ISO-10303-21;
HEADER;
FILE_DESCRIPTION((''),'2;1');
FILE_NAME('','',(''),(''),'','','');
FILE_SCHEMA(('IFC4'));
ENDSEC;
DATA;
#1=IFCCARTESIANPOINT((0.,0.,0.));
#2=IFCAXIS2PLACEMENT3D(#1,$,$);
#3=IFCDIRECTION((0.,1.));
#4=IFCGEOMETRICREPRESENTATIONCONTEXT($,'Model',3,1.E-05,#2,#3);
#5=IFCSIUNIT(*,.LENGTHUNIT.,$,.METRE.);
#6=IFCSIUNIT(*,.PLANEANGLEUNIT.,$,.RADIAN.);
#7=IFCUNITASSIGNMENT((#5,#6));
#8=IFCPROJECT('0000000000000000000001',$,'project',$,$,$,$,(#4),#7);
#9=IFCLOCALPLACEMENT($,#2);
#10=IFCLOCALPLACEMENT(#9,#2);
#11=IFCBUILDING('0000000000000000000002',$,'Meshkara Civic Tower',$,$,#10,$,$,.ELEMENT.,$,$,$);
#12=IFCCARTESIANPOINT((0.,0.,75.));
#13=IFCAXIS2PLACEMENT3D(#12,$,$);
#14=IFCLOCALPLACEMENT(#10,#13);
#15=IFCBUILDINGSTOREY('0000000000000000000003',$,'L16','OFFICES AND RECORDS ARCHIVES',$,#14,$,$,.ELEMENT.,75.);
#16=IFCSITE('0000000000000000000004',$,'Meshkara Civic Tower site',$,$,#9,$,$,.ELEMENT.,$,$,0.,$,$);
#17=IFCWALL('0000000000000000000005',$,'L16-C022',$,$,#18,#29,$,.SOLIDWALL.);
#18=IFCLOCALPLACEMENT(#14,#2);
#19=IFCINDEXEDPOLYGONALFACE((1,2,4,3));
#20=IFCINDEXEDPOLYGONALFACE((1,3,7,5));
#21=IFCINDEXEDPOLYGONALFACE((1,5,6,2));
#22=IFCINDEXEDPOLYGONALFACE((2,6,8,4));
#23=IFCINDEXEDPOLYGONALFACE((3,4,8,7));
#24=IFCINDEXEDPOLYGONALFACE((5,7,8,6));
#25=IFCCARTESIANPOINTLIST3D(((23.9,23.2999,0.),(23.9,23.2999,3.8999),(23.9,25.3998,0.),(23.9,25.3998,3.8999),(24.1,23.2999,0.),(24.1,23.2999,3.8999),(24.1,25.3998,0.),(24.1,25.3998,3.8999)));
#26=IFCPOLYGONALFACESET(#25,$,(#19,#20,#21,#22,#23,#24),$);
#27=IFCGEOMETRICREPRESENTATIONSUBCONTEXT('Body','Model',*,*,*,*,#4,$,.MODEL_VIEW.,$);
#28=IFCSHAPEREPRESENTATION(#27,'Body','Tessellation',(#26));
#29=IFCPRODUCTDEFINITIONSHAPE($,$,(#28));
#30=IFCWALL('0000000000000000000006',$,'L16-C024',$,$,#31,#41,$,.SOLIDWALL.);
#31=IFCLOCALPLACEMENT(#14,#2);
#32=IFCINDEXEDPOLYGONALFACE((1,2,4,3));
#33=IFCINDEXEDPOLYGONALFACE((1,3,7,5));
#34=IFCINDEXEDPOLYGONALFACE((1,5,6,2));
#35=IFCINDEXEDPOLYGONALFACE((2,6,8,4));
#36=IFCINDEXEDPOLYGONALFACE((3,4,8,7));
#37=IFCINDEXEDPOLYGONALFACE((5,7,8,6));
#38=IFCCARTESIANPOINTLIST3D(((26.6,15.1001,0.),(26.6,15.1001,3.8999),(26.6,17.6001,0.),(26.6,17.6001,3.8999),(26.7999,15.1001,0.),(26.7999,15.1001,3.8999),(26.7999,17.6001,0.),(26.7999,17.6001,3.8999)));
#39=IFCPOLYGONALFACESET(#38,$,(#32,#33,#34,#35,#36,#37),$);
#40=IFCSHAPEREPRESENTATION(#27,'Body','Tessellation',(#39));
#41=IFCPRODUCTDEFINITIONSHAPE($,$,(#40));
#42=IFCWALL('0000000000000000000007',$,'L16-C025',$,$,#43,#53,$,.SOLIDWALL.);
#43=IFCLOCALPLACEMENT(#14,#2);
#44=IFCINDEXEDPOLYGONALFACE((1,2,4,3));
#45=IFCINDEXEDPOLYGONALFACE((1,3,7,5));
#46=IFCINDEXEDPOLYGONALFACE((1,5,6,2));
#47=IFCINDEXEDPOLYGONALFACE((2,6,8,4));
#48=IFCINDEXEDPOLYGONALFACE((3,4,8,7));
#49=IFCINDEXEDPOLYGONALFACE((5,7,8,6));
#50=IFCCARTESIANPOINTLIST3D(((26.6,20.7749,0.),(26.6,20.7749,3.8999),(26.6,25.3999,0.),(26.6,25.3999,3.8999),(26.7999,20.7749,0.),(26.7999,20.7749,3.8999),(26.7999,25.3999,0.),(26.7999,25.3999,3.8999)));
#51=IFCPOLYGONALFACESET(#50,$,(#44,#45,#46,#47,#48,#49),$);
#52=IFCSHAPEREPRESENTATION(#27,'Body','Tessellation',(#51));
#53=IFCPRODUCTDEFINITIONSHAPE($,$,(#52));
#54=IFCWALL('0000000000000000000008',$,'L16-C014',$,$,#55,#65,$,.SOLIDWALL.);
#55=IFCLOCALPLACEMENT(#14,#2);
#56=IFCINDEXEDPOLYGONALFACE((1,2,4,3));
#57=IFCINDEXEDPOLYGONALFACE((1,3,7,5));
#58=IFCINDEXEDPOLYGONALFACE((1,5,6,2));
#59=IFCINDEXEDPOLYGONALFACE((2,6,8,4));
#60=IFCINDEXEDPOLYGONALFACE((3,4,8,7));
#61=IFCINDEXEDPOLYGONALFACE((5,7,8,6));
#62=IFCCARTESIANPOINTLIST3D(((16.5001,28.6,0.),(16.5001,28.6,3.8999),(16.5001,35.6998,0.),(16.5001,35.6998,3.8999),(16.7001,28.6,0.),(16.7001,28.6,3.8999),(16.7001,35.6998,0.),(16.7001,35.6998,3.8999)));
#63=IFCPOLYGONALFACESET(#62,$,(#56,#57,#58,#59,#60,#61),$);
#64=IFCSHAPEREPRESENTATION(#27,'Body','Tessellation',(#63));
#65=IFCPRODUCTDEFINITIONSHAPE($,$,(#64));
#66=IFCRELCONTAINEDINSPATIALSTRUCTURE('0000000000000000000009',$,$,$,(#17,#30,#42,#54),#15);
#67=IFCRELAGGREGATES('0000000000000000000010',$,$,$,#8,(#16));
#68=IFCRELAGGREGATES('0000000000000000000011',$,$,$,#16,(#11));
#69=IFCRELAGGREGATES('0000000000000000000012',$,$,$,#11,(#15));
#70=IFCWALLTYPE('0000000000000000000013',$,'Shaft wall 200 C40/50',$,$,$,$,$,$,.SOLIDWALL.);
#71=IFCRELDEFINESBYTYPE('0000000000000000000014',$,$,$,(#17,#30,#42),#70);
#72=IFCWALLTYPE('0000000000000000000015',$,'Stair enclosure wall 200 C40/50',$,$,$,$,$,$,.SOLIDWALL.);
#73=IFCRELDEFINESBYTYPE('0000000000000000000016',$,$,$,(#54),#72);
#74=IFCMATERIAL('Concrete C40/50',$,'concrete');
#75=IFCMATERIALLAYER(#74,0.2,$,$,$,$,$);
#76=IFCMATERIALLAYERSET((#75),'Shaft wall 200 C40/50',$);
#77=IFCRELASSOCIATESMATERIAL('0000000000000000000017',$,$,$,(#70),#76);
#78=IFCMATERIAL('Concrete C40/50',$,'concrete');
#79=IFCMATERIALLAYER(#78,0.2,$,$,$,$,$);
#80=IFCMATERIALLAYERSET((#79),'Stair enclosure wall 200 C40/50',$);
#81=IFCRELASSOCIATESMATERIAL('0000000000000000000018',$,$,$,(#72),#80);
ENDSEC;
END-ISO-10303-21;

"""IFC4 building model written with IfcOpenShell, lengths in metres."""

from ifc_helpers import new_model, si_unit, direction, frame, frame_2d, origin, place, context, subcontext, project, spatial, rectangle, extrude, material, layer, layer_set, type_object, element, save


model = new_model("IFC4")

# Units and contexts
model_context = context("Model", 3, precision=1e-05, world=origin(), true_north=direction((0.0, 1.0)))
body_context = subcontext(model_context, "Body", "Model", "MODEL_VIEW")
ifc_project = project(units=[si_unit("LENGTHUNIT", "METRE"), si_unit("PLANEANGLEUNIT", "RADIAN")], contexts=[model_context])

# Site, building, storey
site_placement = place(None, origin())
site = spatial("IfcSite", under=ifc_project, at=site_placement, Name="Meshkara Civic Tower site", CompositionType="ELEMENT", RefElevation=0.0)
building_placement = place(site_placement, origin())
building = spatial("IfcBuilding", under=site, at=building_placement, Name="Meshkara Civic Tower", CompositionType="ELEMENT")
storey_placement = place(building_placement, frame((0.0, 0.0, 75.0)))
storey = spatial("IfcBuildingStorey", under=building, at=storey_placement, Name="L16", Description="OFFICES AND RECORDS ARCHIVES", CompositionType="ELEMENT", Elevation=75.0)

# Shared definitions
ifc_material_1 = material(Name="Concrete C40/50", Category="concrete")
ifc_layer_1 = layer(ifc_material_1, 0.2)
ifc_layer_set_1 = layer_set([ifc_layer_1], Name="Shaft wall 200 C40/50")
wall_type_1 = type_object("IfcWallType", Name="Shaft wall 200 C40/50", PredefinedType="SOLIDWALL", material=ifc_layer_set_1)

# Walls
wall_1_placement = place(storey_placement, frame((24.0, 23.3, 0.0), z_axis=(0.0, 0.0, 1.0), x_axis=(0.0, 1.0, 0.0)))
element("IfcWall", 1, at=wall_1_placement, inside=storey, type_object=wall_type_1, Name="L16-C022", PredefinedType="SOLIDWALL", context=body_context, shape_type="SweptSolid", body=[
    extrude(rectangle(XDim=2.0999, YDim=0.2, at=frame_2d((1.0498, 0.0))), origin(), (0.0, 0.0, 1.0), 3.8999),
])
wall_2_placement = place(storey_placement, frame((26.7, 15.1001, 0.0), z_axis=(0.0, 0.0, 1.0), x_axis=(0.0, 1.0, 0.0)))
element("IfcWall", 2, at=wall_2_placement, inside=storey, type_object=wall_type_1, Name="L16-C024", PredefinedType="SOLIDWALL", context=body_context, shape_type="SweptSolid", body=[
    extrude(rectangle(XDim=2.5, YDim=0.2, at=frame_2d((1.25, 0.0))), origin(), (0.0, 0.0, 1.0), 3.8999),
])
wall_3_placement = place(storey_placement, frame((26.7, 20.7749, 0.0), z_axis=(0.0, 0.0, 1.0), x_axis=(0.0, 1.0, 0.0)))
element("IfcWall", 3, at=wall_3_placement, inside=storey, type_object=wall_type_1, Name="L16-C025", PredefinedType="SOLIDWALL", context=body_context, shape_type="SweptSolid", body=[
    extrude(rectangle(XDim=4.625, YDim=0.2, at=frame_2d((2.3125, 0.0))), origin(), (0.0, 0.0, 1.0), 3.8999),
])
ifc_material_2 = material(Name="Concrete C40/50", Category="concrete")
ifc_layer_2 = layer(ifc_material_2, 0.2)
ifc_layer_set_2 = layer_set([ifc_layer_2], Name="Stair enclosure wall 200 C40/50")
wall_type_2 = type_object("IfcWallType", Name="Stair enclosure wall 200 C40/50", PredefinedType="SOLIDWALL", material=ifc_layer_set_2)
wall_4_placement = place(storey_placement, frame((16.6001, 28.6001, 0.0), z_axis=(0.0, 0.0, 1.0), x_axis=(0.0, 1.0, 0.0)))
element("IfcWall", 4, at=wall_4_placement, inside=storey, type_object=wall_type_2, Name="L16-C014", PredefinedType="SOLIDWALL", context=body_context, shape_type="SweptSolid", body=[
    extrude(rectangle(XDim=7.0999, YDim=0.2, at=frame_2d((3.5498, 0.0))), origin(), (0.0, 0.0, 1.0), 3.8999),
])

save(model, "model.ifc")
